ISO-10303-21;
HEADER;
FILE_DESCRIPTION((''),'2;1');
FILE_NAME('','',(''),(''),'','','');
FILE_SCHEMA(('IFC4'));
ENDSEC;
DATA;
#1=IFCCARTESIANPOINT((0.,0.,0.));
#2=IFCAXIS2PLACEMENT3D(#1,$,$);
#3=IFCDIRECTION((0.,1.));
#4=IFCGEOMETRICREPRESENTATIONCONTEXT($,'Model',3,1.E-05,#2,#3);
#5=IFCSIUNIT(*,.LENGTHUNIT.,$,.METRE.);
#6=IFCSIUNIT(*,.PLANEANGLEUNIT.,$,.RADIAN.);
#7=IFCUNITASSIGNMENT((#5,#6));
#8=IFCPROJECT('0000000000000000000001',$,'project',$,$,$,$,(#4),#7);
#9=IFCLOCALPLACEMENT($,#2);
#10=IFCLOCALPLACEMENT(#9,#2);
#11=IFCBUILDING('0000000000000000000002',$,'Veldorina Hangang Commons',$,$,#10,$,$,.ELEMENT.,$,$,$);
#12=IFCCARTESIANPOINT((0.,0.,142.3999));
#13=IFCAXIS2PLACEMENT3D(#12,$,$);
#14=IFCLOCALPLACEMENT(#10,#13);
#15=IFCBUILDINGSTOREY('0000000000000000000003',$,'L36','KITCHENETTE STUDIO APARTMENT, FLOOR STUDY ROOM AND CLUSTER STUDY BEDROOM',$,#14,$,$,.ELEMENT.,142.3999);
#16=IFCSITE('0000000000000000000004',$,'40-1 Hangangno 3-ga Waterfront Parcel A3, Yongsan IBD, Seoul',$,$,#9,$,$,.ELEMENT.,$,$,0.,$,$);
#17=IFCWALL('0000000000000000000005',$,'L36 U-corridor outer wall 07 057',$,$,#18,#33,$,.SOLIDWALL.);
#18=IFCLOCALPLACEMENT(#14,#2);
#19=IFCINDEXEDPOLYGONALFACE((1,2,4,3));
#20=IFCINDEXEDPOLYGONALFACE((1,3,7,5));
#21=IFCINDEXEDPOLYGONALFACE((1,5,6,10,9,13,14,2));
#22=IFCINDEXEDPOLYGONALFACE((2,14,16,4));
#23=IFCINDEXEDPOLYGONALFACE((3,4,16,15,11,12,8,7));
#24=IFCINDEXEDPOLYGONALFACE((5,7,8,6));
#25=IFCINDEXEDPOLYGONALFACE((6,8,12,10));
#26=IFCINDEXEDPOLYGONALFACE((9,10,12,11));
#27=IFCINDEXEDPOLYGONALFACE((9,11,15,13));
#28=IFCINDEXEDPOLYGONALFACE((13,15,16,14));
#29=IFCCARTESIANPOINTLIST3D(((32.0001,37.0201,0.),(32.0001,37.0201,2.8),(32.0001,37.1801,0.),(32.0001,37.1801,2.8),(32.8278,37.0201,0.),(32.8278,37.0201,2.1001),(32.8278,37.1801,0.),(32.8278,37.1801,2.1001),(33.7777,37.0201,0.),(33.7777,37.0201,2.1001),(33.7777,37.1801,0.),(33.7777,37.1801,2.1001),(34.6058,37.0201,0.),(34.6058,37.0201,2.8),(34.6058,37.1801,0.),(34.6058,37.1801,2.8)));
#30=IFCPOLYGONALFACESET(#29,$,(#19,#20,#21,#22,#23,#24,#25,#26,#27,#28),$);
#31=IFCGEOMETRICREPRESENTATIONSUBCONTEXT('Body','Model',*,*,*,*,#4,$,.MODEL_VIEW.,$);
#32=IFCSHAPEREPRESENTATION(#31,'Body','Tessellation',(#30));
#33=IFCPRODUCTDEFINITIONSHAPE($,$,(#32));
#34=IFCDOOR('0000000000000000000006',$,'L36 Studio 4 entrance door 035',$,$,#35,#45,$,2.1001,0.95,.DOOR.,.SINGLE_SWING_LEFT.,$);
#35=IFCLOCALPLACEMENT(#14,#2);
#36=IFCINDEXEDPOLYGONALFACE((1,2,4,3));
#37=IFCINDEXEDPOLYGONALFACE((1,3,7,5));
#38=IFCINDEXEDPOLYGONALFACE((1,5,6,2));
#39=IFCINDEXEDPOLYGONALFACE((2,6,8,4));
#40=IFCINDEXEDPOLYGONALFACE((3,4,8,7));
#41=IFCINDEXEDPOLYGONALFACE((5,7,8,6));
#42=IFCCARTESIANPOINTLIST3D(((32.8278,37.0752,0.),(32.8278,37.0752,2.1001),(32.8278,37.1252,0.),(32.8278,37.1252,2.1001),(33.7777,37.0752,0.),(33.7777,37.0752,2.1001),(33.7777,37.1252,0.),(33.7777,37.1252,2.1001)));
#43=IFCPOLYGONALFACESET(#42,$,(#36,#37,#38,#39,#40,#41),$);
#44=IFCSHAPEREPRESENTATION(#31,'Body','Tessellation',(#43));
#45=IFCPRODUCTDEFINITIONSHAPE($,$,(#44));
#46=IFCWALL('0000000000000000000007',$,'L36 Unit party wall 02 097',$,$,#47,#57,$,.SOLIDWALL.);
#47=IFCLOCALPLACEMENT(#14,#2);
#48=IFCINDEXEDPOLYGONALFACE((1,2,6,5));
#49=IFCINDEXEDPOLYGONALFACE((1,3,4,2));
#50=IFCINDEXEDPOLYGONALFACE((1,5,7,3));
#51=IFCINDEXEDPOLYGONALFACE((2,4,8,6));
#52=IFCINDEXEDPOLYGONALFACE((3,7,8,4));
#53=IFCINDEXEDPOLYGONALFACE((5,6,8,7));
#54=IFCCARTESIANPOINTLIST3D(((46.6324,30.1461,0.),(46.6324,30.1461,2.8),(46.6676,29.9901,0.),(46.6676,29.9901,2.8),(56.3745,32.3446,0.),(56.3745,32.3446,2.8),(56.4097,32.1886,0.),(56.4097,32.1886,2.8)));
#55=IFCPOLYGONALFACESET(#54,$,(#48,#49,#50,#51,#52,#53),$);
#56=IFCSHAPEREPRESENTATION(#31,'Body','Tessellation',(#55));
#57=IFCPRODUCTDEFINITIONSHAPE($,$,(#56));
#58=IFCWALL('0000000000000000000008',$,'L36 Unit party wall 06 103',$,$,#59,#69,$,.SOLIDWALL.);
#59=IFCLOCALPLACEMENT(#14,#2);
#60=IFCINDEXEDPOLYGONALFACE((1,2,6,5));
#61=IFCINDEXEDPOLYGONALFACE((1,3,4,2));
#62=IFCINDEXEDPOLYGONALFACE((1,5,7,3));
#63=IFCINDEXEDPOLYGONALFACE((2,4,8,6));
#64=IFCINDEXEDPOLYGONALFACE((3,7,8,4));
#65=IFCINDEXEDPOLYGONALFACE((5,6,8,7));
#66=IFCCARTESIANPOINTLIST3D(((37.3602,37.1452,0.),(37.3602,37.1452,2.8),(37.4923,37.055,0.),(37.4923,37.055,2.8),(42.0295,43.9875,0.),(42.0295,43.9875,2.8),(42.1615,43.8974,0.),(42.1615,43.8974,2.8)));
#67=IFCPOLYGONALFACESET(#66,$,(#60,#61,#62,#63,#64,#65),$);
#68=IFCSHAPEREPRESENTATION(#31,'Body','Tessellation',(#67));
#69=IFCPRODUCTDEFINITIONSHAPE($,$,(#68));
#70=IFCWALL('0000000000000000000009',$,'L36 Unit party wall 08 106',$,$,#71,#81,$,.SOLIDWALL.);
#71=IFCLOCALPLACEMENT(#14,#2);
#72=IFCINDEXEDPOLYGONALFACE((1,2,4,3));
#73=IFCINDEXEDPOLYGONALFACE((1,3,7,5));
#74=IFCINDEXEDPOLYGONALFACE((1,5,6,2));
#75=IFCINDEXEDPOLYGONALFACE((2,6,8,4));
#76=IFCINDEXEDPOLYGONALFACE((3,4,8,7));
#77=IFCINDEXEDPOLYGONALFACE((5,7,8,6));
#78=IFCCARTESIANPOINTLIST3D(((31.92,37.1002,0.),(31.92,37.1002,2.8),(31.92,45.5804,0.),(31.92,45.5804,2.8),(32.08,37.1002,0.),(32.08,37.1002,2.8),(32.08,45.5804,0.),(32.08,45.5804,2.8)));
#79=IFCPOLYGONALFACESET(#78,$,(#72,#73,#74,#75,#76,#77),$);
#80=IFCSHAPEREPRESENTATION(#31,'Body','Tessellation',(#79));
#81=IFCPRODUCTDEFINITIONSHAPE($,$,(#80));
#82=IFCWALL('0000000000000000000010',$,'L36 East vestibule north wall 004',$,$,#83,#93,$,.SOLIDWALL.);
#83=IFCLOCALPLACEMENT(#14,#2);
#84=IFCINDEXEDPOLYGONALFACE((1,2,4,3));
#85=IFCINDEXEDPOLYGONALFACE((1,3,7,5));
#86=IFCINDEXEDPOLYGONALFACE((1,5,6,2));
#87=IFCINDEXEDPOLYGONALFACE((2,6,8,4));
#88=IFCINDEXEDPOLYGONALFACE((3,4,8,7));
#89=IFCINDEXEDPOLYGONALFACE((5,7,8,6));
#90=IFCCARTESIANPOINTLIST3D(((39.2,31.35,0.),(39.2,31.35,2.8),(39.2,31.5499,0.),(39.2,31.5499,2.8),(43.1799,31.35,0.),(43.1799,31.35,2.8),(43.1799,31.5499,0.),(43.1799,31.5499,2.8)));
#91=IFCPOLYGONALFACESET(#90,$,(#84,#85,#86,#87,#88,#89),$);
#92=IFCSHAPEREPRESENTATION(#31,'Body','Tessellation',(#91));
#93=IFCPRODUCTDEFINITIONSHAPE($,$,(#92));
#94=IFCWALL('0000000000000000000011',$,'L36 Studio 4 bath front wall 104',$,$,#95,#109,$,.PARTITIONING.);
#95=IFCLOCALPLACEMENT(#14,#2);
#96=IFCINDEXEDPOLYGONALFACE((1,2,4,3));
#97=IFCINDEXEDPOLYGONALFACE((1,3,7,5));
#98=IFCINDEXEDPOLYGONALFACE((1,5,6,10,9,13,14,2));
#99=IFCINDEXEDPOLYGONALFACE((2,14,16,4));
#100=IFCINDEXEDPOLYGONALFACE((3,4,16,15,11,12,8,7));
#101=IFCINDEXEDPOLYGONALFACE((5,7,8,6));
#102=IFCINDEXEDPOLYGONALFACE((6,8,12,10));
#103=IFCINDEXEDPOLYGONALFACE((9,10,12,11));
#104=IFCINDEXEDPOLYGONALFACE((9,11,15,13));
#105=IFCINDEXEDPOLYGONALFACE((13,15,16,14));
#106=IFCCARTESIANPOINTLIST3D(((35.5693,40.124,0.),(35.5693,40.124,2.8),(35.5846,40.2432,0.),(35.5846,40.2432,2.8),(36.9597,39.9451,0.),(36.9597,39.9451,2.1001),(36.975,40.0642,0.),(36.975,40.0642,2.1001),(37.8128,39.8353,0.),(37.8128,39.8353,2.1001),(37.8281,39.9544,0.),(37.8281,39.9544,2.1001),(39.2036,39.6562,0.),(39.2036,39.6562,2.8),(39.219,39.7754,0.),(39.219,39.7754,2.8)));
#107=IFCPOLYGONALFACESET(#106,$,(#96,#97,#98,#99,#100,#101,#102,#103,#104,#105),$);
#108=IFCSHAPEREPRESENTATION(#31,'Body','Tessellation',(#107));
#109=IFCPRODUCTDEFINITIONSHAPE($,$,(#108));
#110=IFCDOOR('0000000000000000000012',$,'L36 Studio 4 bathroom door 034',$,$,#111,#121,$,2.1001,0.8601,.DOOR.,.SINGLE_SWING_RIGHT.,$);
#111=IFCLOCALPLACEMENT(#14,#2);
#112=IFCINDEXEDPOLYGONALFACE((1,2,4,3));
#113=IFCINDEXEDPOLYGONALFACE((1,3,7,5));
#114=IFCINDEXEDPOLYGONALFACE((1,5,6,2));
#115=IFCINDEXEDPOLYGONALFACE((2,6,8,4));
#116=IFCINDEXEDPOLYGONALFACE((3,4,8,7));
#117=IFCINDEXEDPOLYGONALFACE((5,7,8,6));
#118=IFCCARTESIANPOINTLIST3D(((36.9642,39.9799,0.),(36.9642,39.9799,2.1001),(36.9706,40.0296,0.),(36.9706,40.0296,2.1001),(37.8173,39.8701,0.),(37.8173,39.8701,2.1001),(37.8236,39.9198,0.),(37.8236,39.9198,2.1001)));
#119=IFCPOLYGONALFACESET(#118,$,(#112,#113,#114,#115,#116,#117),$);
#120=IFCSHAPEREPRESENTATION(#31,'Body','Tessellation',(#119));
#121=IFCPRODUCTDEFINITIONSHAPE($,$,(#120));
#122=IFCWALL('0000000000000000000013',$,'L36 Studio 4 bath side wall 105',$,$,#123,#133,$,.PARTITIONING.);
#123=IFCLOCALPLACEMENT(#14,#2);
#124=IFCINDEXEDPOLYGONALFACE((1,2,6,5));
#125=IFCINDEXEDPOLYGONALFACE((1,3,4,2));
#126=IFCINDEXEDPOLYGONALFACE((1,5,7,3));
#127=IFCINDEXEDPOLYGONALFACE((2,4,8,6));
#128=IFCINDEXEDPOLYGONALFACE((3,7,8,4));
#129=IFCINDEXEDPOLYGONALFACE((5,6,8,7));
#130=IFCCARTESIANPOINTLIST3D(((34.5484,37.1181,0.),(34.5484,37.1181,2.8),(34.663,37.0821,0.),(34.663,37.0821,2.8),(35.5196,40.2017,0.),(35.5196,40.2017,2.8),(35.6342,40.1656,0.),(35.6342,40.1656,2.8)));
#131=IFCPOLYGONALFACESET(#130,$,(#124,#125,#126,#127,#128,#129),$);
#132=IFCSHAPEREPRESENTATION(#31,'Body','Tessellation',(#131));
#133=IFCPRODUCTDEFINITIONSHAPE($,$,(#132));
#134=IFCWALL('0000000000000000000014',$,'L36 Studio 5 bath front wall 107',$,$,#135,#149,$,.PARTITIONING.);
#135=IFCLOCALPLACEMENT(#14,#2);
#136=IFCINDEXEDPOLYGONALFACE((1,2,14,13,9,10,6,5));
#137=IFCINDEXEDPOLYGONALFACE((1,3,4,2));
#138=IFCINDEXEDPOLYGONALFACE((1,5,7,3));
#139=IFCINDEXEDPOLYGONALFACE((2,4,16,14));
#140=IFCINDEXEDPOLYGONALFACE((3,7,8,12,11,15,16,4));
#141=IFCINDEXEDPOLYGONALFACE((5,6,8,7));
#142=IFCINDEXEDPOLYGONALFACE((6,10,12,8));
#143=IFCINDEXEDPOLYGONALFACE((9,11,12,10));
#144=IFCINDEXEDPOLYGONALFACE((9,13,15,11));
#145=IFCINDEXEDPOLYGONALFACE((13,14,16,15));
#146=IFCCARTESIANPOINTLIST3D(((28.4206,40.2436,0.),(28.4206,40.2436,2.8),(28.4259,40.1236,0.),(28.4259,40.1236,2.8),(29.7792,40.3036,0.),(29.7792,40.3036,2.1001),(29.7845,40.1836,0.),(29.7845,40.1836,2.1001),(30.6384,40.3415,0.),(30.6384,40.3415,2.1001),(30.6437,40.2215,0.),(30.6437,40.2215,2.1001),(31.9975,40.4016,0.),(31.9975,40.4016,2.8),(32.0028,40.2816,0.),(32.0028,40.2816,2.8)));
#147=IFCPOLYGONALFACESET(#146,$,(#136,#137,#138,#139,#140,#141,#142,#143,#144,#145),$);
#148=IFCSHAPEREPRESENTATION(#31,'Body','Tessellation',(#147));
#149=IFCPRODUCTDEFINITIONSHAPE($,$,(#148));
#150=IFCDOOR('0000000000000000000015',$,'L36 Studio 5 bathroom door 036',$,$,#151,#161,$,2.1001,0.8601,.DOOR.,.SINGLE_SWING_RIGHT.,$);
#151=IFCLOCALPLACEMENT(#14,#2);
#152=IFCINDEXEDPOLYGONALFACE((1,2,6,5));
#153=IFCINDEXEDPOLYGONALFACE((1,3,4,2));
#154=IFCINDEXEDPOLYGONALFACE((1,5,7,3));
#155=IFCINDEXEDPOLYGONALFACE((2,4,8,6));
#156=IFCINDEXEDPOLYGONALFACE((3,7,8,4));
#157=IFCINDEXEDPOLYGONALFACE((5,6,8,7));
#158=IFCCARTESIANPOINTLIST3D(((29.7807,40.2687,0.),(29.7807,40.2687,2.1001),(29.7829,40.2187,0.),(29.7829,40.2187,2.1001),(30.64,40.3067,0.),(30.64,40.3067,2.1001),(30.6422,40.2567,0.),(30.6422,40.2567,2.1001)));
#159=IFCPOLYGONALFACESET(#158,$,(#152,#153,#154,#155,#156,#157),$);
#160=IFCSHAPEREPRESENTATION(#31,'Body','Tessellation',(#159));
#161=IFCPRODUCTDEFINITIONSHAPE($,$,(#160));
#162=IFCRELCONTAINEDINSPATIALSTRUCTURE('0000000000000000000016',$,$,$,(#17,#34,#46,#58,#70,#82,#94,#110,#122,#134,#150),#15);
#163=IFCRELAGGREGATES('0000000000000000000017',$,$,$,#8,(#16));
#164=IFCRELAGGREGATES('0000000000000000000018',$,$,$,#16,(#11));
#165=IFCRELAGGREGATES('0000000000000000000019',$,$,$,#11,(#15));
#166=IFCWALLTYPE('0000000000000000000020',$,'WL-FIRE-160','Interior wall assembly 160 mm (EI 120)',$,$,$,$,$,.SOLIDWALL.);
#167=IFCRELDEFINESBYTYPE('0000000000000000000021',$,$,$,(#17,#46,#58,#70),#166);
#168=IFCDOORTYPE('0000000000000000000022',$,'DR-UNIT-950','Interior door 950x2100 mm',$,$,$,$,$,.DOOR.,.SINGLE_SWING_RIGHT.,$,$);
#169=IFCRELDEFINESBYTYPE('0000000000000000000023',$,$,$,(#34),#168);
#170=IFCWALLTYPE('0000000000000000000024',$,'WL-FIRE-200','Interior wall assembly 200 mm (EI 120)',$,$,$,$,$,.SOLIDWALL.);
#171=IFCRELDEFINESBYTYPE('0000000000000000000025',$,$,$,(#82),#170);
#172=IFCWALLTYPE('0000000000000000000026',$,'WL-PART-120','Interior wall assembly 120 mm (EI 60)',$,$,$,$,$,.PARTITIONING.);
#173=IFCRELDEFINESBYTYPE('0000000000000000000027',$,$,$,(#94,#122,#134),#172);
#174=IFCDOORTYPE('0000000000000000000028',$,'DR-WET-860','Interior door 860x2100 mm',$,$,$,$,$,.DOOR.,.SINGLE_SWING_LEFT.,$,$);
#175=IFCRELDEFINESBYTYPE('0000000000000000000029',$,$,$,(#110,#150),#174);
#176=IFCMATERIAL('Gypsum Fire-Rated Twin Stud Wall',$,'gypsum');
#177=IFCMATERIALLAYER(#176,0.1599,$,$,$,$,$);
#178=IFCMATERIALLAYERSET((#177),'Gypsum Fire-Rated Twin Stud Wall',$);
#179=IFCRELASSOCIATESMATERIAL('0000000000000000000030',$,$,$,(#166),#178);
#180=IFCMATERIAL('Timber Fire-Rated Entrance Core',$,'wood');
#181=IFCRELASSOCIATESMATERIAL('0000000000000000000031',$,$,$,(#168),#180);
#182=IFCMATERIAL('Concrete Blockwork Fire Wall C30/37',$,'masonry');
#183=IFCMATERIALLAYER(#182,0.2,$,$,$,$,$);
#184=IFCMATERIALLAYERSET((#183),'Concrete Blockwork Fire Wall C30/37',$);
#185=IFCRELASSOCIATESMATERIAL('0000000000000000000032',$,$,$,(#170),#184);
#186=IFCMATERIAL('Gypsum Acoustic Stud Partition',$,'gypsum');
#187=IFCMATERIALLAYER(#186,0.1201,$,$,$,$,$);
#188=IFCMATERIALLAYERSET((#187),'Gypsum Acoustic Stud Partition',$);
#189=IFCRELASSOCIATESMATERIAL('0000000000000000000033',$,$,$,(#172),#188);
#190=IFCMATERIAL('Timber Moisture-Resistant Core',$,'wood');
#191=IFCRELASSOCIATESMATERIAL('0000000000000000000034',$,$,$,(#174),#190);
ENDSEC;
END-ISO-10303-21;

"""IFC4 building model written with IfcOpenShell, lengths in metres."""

from ifc_helpers import new_model, si_unit, direction, frame, frame_2d, origin, place, context, subcontext, project, spatial, rectangle, extrude, material, layer, layer_set, type_object, element, fill, save


model = new_model("IFC4")

# Units and contexts
model_context = context("Model", 3, precision=1e-05, world=origin(), true_north=direction((0.0, 1.0)))
body_context = subcontext(model_context, "Body", "Model", "MODEL_VIEW")
ifc_project = project(units=[si_unit("LENGTHUNIT", "METRE"), si_unit("PLANEANGLEUNIT", "RADIAN")], contexts=[model_context])

# Site, building, storey
site_placement = place(None, origin())
site = spatial("IfcSite", under=ifc_project, at=site_placement, Name="40-1 Hangangno 3-ga Waterfront Parcel A3, Yongsan IBD, Seoul", CompositionType="ELEMENT", RefElevation=0.0)
building_placement = place(site_placement, origin())
building = spatial("IfcBuilding", under=site, at=building_placement, Name="Veldorina Hangang Commons", CompositionType="ELEMENT")
storey_placement = place(building_placement, frame((0.0, 0.0, 142.3999)))
storey = spatial("IfcBuildingStorey", under=building, at=storey_placement, Name="L36", Description="KITCHENETTE STUDIO APARTMENT, FLOOR STUDY ROOM AND CLUSTER STUDY BEDROOM", CompositionType="ELEMENT", Elevation=142.3999)

# Shared definitions
ifc_material_1 = material(Name="Gypsum Fire-Rated Twin Stud Wall", Category="gypsum")
ifc_layer_1 = layer(ifc_material_1, 0.1599)
ifc_layer_set_1 = layer_set([ifc_layer_1], Name="Gypsum Fire-Rated Twin Stud Wall")
wall_type_1 = type_object("IfcWallType", Name="WL-FIRE-160", Description="Interior wall assembly 160 mm (EI 120)", PredefinedType="SOLIDWALL", material=ifc_layer_set_1)

# Wall, opening, door
wall_1_placement = place(storey_placement, frame((34.6057, 37.1001, 0.0), z_axis=(0.0, 0.0, 1.0), x_axis=(-1.0, 0.0, 0.0)))
wall_1 = element("IfcWall", 1, at=wall_1_placement, inside=storey, type_object=wall_type_1, Name="L36 U-corridor outer wall 07 057", PredefinedType="SOLIDWALL", context=body_context, shape_type="SweptSolid", body=[
    extrude(rectangle(XDim=2.6057, YDim=0.1599, at=frame_2d((1.3027, 0.0))), origin(), (0.0, 0.0, 1.0), 2.8),
])
opening_1_placement = place(wall_1_placement, frame((0.8279, 0.0, 0.0)))
opening_1 = element("IfcOpeningElement", 2, at=opening_1_placement, cuts=wall_1, PredefinedType="OPENING", context=body_context, shape_type="SweptSolid", body=[
    extrude(rectangle(XDim=0.95, YDim=2.1001, at=frame_2d((0.4751, 1.05))), frame((0.0, 0.0898, 0.0), z_axis=(0.0, -1.0, 0.0), x_axis=(1.0, 0.0, 0.0)), (0.0, 0.0, 1.0), 0.1799),
])
ifc_material_2 = material(Name="Timber Fire-Rated Entrance Core", Category="wood")
door_type_1 = type_object("IfcDoorType", Name="DR-UNIT-950", Description="Interior door 950x2100 mm", OperationType="SINGLE_SWING_RIGHT", PredefinedType="DOOR", material=ifc_material_2)
door_1_placement = place(opening_1_placement, origin())
door_1 = element("IfcDoor", 3, at=door_1_placement, inside=storey, type_object=door_type_1, Name="L36 Studio 4 entrance door 035", OperationType="SINGLE_SWING_LEFT", OverallHeight=2.1001, OverallWidth=0.95, PredefinedType="DOOR", context=body_context, shape_type="SweptSolid", body=[
    extrude(rectangle(XDim=0.95, YDim=2.1001, at=frame_2d((0.4751, 1.05))), frame((0.0, 0.0249, 0.0), z_axis=(0.0, -1.0, 0.0), x_axis=(1.0, 0.0, 0.0)), (0.0, 0.0, 1.0), 0.05),
])
fill(opening_1, door_1)

# Walls
wall_2_placement = place(storey_placement, frame((46.6499, 30.0681, 0.0), z_axis=(0.0, 0.0, 1.0), x_axis=(0.97547, 0.220131, 0.0)))
element("IfcWall", 4, at=wall_2_placement, inside=storey, type_object=wall_type_1, Name="L36 Unit party wall 02 097", PredefinedType="SOLIDWALL", context=body_context, shape_type="SweptSolid", body=[
    extrude(rectangle(XDim=9.9871, YDim=0.1599, at=frame_2d((4.9937, 0.0))), origin(), (0.0, 0.0, 1.0), 2.8),
])
wall_3_placement = place(storey_placement, frame((37.4263, 37.1001, 0.0), z_axis=(0.0, 0.0, 1.0), x_axis=(0.563666, 0.826003, 0.0)))
element("IfcWall", 5, at=wall_3_placement, inside=storey, type_object=wall_type_1, Name="L36 Unit party wall 06 103", PredefinedType="SOLIDWALL", context=body_context, shape_type="SweptSolid", body=[
    extrude(rectangle(XDim=8.2837, YDim=0.1599, at=frame_2d((4.1418, 0.0))), origin(), (0.0, 0.0, 1.0), 2.8),
])
wall_4_placement = place(storey_placement, frame((32.0, 37.1001, 0.0), z_axis=(0.0, 0.0, 1.0), x_axis=(0.0, 1.0, 0.0)))
element("IfcWall", 6, at=wall_4_placement, inside=storey, type_object=wall_type_1, Name="L36 Unit party wall 08 106", PredefinedType="SOLIDWALL", context=body_context, shape_type="SweptSolid", body=[
    extrude(rectangle(XDim=8.4802, YDim=0.1599, at=frame_2d((4.2402, 0.0))), origin(), (0.0, 0.0, 1.0), 2.8),
])
ifc_material_3 = material(Name="Concrete Blockwork Fire Wall C30/37", Category="masonry")
ifc_layer_2 = layer(ifc_material_3, 0.2)
ifc_layer_set_2 = layer_set([ifc_layer_2], Name="Concrete Blockwork Fire Wall C30/37")
wall_type_2 = type_object("IfcWallType", Name="WL-FIRE-200", Description="Interior wall assembly 200 mm (EI 120)", PredefinedType="SOLIDWALL", material=ifc_layer_set_2)
wall_5_placement = place(storey_placement, frame((39.2, 31.45, 0.0), z_axis=(0.0, 0.0, 1.0), x_axis=(1.0, 0.0, 0.0)))
element("IfcWall", 7, at=wall_5_placement, inside=storey, type_object=wall_type_2, Name="L36 East vestibule north wall 004", PredefinedType="SOLIDWALL", context=body_context, shape_type="SweptSolid", body=[
    extrude(rectangle(XDim=3.98, YDim=0.2, at=frame_2d((1.99, 0.0))), origin(), (0.0, 0.0, 1.0), 2.8),
])

# Wall, opening, door
ifc_material_4 = material(Name="Gypsum Acoustic Stud Partition", Category="gypsum")
ifc_layer_3 = layer(ifc_material_4, 0.1201)
ifc_layer_set_3 = layer_set([ifc_layer_3], Name="Gypsum Acoustic Stud Partition")
wall_type_3 = type_object("IfcWallType", Name="WL-PART-120", Description="Interior wall assembly 120 mm (EI 60)", PredefinedType="PARTITIONING", material=ifc_layer_set_3)
wall_6_placement = place(storey_placement, frame((39.2112, 39.7158, 0.0), z_axis=(0.0, 0.0, 1.0), x_axis=(-0.991818, 0.127658, 0.0)))
wall_6 = element("IfcWall", 8, at=wall_6_placement, inside=storey, type_object=wall_type_3, Name="L36 Studio 4 bath front wall 104", PredefinedType="PARTITIONING", context=body_context, shape_type="SweptSolid", body=[
    extrude(rectangle(XDim=3.6643, YDim=0.1201, at=frame_2d((1.832, 0.0))), origin(), (0.0, 0.0, 1.0), 2.8),
])
opening_2_placement = place(wall_6_placement, frame((1.4021, 0.0, 0.0)))
opening_2 = element("IfcOpeningElement", 9, at=opening_2_placement, cuts=wall_6, PredefinedType="OPENING", context=body_context, shape_type="SweptSolid", body=[
    extrude(rectangle(XDim=0.8601, YDim=2.1001, at=frame_2d((0.4302, 1.05))), frame((0.0, 0.0701, 0.0), z_axis=(0.0, -1.0, 0.0), x_axis=(1.0, 0.0, 0.0)), (0.0, 0.0, 1.0), 0.1401),
])
ifc_material_5 = material(Name="Timber Moisture-Resistant Core", Category="wood")
door_type_2 = type_object("IfcDoorType", Name="DR-WET-860", Description="Interior door 860x2100 mm", OperationType="SINGLE_SWING_LEFT", PredefinedType="DOOR", material=ifc_material_5)
door_2_placement = place(opening_2_placement, origin())
door_2 = element("IfcDoor", 10, at=door_2_placement, inside=storey, type_object=door_type_2, Name="L36 Studio 4 bathroom door 034", OperationType="SINGLE_SWING_RIGHT", OverallHeight=2.1001, OverallWidth=0.8601, PredefinedType="DOOR", context=body_context, shape_type="SweptSolid", body=[
    extrude(rectangle(XDim=0.8601, YDim=2.1001, at=frame_2d((0.4302, 1.05))), frame((0.0, 0.0249, 0.0), z_axis=(0.0, -1.0, 0.0), x_axis=(1.0, 0.0, 0.0)), (0.0, 0.0, 1.0), 0.05),
])
fill(opening_2, door_2)

# Wall
wall_7_placement = place(storey_placement, frame((34.6057, 37.1001, 0.0), z_axis=(0.0, 0.0, 1.0), x_axis=(0.300416, 0.953808, 0.0)))
element("IfcWall", 11, at=wall_7_placement, inside=storey, type_object=wall_type_3, Name="L36 Studio 4 bath side wall 105", PredefinedType="PARTITIONING", context=body_context, shape_type="SweptSolid", body=[
    extrude(rectangle(XDim=3.2329, YDim=0.1201, at=frame_2d((1.6165, 0.0))), origin(), (0.0, 0.0, 1.0), 2.8),
])

# Wall, opening, door
wall_8_placement = place(storey_placement, frame((32.0, 40.3416, 0.0), z_axis=(0.0, 0.0, 1.0), x_axis=(-0.999026, -0.044118, 0.0)))
wall_8 = element("IfcWall", 12, at=wall_8_placement, inside=storey, type_object=wall_type_3, Name="L36 Studio 5 bath front wall 107", PredefinedType="PARTITIONING", context=body_context, shape_type="SweptSolid", body=[
    extrude(rectangle(XDim=3.5803, YDim=0.1201, at=frame_2d((1.79, 0.0))), origin(), (0.0, 0.0, 1.0), 2.8),
])
opening_3_placement = place(wall_8_placement, frame((1.3601, 0.0, 0.0)))
opening_3 = element("IfcOpeningElement", 13, at=opening_3_placement, cuts=wall_8, PredefinedType="OPENING", context=body_context, shape_type="SweptSolid", body=[
    extrude(rectangle(XDim=0.8601, YDim=2.1001, at=frame_2d((0.4302, 1.05))), frame((0.0, 0.0701, 0.0), z_axis=(0.0, -1.0, 0.0), x_axis=(1.0, 0.0, 0.0)), (0.0, 0.0, 1.0), 0.1401),
])
door_3_placement = place(opening_3_placement, origin())
door_3 = element("IfcDoor", 14, at=door_3_placement, inside=storey, type_object=door_type_2, Name="L36 Studio 5 bathroom door 036", OperationType="SINGLE_SWING_RIGHT", OverallHeight=2.1001, OverallWidth=0.8601, PredefinedType="DOOR", context=body_context, shape_type="SweptSolid", body=[
    extrude(rectangle(XDim=0.8601, YDim=2.1001, at=frame_2d((0.4302, 1.05))), frame((0.0, 0.0249, 0.0), z_axis=(0.0, -1.0, 0.0), x_axis=(1.0, 0.0, 0.0)), (0.0, 0.0, 1.0), 0.05),
])
fill(opening_3, door_3)

save(model, "model.ifc")
